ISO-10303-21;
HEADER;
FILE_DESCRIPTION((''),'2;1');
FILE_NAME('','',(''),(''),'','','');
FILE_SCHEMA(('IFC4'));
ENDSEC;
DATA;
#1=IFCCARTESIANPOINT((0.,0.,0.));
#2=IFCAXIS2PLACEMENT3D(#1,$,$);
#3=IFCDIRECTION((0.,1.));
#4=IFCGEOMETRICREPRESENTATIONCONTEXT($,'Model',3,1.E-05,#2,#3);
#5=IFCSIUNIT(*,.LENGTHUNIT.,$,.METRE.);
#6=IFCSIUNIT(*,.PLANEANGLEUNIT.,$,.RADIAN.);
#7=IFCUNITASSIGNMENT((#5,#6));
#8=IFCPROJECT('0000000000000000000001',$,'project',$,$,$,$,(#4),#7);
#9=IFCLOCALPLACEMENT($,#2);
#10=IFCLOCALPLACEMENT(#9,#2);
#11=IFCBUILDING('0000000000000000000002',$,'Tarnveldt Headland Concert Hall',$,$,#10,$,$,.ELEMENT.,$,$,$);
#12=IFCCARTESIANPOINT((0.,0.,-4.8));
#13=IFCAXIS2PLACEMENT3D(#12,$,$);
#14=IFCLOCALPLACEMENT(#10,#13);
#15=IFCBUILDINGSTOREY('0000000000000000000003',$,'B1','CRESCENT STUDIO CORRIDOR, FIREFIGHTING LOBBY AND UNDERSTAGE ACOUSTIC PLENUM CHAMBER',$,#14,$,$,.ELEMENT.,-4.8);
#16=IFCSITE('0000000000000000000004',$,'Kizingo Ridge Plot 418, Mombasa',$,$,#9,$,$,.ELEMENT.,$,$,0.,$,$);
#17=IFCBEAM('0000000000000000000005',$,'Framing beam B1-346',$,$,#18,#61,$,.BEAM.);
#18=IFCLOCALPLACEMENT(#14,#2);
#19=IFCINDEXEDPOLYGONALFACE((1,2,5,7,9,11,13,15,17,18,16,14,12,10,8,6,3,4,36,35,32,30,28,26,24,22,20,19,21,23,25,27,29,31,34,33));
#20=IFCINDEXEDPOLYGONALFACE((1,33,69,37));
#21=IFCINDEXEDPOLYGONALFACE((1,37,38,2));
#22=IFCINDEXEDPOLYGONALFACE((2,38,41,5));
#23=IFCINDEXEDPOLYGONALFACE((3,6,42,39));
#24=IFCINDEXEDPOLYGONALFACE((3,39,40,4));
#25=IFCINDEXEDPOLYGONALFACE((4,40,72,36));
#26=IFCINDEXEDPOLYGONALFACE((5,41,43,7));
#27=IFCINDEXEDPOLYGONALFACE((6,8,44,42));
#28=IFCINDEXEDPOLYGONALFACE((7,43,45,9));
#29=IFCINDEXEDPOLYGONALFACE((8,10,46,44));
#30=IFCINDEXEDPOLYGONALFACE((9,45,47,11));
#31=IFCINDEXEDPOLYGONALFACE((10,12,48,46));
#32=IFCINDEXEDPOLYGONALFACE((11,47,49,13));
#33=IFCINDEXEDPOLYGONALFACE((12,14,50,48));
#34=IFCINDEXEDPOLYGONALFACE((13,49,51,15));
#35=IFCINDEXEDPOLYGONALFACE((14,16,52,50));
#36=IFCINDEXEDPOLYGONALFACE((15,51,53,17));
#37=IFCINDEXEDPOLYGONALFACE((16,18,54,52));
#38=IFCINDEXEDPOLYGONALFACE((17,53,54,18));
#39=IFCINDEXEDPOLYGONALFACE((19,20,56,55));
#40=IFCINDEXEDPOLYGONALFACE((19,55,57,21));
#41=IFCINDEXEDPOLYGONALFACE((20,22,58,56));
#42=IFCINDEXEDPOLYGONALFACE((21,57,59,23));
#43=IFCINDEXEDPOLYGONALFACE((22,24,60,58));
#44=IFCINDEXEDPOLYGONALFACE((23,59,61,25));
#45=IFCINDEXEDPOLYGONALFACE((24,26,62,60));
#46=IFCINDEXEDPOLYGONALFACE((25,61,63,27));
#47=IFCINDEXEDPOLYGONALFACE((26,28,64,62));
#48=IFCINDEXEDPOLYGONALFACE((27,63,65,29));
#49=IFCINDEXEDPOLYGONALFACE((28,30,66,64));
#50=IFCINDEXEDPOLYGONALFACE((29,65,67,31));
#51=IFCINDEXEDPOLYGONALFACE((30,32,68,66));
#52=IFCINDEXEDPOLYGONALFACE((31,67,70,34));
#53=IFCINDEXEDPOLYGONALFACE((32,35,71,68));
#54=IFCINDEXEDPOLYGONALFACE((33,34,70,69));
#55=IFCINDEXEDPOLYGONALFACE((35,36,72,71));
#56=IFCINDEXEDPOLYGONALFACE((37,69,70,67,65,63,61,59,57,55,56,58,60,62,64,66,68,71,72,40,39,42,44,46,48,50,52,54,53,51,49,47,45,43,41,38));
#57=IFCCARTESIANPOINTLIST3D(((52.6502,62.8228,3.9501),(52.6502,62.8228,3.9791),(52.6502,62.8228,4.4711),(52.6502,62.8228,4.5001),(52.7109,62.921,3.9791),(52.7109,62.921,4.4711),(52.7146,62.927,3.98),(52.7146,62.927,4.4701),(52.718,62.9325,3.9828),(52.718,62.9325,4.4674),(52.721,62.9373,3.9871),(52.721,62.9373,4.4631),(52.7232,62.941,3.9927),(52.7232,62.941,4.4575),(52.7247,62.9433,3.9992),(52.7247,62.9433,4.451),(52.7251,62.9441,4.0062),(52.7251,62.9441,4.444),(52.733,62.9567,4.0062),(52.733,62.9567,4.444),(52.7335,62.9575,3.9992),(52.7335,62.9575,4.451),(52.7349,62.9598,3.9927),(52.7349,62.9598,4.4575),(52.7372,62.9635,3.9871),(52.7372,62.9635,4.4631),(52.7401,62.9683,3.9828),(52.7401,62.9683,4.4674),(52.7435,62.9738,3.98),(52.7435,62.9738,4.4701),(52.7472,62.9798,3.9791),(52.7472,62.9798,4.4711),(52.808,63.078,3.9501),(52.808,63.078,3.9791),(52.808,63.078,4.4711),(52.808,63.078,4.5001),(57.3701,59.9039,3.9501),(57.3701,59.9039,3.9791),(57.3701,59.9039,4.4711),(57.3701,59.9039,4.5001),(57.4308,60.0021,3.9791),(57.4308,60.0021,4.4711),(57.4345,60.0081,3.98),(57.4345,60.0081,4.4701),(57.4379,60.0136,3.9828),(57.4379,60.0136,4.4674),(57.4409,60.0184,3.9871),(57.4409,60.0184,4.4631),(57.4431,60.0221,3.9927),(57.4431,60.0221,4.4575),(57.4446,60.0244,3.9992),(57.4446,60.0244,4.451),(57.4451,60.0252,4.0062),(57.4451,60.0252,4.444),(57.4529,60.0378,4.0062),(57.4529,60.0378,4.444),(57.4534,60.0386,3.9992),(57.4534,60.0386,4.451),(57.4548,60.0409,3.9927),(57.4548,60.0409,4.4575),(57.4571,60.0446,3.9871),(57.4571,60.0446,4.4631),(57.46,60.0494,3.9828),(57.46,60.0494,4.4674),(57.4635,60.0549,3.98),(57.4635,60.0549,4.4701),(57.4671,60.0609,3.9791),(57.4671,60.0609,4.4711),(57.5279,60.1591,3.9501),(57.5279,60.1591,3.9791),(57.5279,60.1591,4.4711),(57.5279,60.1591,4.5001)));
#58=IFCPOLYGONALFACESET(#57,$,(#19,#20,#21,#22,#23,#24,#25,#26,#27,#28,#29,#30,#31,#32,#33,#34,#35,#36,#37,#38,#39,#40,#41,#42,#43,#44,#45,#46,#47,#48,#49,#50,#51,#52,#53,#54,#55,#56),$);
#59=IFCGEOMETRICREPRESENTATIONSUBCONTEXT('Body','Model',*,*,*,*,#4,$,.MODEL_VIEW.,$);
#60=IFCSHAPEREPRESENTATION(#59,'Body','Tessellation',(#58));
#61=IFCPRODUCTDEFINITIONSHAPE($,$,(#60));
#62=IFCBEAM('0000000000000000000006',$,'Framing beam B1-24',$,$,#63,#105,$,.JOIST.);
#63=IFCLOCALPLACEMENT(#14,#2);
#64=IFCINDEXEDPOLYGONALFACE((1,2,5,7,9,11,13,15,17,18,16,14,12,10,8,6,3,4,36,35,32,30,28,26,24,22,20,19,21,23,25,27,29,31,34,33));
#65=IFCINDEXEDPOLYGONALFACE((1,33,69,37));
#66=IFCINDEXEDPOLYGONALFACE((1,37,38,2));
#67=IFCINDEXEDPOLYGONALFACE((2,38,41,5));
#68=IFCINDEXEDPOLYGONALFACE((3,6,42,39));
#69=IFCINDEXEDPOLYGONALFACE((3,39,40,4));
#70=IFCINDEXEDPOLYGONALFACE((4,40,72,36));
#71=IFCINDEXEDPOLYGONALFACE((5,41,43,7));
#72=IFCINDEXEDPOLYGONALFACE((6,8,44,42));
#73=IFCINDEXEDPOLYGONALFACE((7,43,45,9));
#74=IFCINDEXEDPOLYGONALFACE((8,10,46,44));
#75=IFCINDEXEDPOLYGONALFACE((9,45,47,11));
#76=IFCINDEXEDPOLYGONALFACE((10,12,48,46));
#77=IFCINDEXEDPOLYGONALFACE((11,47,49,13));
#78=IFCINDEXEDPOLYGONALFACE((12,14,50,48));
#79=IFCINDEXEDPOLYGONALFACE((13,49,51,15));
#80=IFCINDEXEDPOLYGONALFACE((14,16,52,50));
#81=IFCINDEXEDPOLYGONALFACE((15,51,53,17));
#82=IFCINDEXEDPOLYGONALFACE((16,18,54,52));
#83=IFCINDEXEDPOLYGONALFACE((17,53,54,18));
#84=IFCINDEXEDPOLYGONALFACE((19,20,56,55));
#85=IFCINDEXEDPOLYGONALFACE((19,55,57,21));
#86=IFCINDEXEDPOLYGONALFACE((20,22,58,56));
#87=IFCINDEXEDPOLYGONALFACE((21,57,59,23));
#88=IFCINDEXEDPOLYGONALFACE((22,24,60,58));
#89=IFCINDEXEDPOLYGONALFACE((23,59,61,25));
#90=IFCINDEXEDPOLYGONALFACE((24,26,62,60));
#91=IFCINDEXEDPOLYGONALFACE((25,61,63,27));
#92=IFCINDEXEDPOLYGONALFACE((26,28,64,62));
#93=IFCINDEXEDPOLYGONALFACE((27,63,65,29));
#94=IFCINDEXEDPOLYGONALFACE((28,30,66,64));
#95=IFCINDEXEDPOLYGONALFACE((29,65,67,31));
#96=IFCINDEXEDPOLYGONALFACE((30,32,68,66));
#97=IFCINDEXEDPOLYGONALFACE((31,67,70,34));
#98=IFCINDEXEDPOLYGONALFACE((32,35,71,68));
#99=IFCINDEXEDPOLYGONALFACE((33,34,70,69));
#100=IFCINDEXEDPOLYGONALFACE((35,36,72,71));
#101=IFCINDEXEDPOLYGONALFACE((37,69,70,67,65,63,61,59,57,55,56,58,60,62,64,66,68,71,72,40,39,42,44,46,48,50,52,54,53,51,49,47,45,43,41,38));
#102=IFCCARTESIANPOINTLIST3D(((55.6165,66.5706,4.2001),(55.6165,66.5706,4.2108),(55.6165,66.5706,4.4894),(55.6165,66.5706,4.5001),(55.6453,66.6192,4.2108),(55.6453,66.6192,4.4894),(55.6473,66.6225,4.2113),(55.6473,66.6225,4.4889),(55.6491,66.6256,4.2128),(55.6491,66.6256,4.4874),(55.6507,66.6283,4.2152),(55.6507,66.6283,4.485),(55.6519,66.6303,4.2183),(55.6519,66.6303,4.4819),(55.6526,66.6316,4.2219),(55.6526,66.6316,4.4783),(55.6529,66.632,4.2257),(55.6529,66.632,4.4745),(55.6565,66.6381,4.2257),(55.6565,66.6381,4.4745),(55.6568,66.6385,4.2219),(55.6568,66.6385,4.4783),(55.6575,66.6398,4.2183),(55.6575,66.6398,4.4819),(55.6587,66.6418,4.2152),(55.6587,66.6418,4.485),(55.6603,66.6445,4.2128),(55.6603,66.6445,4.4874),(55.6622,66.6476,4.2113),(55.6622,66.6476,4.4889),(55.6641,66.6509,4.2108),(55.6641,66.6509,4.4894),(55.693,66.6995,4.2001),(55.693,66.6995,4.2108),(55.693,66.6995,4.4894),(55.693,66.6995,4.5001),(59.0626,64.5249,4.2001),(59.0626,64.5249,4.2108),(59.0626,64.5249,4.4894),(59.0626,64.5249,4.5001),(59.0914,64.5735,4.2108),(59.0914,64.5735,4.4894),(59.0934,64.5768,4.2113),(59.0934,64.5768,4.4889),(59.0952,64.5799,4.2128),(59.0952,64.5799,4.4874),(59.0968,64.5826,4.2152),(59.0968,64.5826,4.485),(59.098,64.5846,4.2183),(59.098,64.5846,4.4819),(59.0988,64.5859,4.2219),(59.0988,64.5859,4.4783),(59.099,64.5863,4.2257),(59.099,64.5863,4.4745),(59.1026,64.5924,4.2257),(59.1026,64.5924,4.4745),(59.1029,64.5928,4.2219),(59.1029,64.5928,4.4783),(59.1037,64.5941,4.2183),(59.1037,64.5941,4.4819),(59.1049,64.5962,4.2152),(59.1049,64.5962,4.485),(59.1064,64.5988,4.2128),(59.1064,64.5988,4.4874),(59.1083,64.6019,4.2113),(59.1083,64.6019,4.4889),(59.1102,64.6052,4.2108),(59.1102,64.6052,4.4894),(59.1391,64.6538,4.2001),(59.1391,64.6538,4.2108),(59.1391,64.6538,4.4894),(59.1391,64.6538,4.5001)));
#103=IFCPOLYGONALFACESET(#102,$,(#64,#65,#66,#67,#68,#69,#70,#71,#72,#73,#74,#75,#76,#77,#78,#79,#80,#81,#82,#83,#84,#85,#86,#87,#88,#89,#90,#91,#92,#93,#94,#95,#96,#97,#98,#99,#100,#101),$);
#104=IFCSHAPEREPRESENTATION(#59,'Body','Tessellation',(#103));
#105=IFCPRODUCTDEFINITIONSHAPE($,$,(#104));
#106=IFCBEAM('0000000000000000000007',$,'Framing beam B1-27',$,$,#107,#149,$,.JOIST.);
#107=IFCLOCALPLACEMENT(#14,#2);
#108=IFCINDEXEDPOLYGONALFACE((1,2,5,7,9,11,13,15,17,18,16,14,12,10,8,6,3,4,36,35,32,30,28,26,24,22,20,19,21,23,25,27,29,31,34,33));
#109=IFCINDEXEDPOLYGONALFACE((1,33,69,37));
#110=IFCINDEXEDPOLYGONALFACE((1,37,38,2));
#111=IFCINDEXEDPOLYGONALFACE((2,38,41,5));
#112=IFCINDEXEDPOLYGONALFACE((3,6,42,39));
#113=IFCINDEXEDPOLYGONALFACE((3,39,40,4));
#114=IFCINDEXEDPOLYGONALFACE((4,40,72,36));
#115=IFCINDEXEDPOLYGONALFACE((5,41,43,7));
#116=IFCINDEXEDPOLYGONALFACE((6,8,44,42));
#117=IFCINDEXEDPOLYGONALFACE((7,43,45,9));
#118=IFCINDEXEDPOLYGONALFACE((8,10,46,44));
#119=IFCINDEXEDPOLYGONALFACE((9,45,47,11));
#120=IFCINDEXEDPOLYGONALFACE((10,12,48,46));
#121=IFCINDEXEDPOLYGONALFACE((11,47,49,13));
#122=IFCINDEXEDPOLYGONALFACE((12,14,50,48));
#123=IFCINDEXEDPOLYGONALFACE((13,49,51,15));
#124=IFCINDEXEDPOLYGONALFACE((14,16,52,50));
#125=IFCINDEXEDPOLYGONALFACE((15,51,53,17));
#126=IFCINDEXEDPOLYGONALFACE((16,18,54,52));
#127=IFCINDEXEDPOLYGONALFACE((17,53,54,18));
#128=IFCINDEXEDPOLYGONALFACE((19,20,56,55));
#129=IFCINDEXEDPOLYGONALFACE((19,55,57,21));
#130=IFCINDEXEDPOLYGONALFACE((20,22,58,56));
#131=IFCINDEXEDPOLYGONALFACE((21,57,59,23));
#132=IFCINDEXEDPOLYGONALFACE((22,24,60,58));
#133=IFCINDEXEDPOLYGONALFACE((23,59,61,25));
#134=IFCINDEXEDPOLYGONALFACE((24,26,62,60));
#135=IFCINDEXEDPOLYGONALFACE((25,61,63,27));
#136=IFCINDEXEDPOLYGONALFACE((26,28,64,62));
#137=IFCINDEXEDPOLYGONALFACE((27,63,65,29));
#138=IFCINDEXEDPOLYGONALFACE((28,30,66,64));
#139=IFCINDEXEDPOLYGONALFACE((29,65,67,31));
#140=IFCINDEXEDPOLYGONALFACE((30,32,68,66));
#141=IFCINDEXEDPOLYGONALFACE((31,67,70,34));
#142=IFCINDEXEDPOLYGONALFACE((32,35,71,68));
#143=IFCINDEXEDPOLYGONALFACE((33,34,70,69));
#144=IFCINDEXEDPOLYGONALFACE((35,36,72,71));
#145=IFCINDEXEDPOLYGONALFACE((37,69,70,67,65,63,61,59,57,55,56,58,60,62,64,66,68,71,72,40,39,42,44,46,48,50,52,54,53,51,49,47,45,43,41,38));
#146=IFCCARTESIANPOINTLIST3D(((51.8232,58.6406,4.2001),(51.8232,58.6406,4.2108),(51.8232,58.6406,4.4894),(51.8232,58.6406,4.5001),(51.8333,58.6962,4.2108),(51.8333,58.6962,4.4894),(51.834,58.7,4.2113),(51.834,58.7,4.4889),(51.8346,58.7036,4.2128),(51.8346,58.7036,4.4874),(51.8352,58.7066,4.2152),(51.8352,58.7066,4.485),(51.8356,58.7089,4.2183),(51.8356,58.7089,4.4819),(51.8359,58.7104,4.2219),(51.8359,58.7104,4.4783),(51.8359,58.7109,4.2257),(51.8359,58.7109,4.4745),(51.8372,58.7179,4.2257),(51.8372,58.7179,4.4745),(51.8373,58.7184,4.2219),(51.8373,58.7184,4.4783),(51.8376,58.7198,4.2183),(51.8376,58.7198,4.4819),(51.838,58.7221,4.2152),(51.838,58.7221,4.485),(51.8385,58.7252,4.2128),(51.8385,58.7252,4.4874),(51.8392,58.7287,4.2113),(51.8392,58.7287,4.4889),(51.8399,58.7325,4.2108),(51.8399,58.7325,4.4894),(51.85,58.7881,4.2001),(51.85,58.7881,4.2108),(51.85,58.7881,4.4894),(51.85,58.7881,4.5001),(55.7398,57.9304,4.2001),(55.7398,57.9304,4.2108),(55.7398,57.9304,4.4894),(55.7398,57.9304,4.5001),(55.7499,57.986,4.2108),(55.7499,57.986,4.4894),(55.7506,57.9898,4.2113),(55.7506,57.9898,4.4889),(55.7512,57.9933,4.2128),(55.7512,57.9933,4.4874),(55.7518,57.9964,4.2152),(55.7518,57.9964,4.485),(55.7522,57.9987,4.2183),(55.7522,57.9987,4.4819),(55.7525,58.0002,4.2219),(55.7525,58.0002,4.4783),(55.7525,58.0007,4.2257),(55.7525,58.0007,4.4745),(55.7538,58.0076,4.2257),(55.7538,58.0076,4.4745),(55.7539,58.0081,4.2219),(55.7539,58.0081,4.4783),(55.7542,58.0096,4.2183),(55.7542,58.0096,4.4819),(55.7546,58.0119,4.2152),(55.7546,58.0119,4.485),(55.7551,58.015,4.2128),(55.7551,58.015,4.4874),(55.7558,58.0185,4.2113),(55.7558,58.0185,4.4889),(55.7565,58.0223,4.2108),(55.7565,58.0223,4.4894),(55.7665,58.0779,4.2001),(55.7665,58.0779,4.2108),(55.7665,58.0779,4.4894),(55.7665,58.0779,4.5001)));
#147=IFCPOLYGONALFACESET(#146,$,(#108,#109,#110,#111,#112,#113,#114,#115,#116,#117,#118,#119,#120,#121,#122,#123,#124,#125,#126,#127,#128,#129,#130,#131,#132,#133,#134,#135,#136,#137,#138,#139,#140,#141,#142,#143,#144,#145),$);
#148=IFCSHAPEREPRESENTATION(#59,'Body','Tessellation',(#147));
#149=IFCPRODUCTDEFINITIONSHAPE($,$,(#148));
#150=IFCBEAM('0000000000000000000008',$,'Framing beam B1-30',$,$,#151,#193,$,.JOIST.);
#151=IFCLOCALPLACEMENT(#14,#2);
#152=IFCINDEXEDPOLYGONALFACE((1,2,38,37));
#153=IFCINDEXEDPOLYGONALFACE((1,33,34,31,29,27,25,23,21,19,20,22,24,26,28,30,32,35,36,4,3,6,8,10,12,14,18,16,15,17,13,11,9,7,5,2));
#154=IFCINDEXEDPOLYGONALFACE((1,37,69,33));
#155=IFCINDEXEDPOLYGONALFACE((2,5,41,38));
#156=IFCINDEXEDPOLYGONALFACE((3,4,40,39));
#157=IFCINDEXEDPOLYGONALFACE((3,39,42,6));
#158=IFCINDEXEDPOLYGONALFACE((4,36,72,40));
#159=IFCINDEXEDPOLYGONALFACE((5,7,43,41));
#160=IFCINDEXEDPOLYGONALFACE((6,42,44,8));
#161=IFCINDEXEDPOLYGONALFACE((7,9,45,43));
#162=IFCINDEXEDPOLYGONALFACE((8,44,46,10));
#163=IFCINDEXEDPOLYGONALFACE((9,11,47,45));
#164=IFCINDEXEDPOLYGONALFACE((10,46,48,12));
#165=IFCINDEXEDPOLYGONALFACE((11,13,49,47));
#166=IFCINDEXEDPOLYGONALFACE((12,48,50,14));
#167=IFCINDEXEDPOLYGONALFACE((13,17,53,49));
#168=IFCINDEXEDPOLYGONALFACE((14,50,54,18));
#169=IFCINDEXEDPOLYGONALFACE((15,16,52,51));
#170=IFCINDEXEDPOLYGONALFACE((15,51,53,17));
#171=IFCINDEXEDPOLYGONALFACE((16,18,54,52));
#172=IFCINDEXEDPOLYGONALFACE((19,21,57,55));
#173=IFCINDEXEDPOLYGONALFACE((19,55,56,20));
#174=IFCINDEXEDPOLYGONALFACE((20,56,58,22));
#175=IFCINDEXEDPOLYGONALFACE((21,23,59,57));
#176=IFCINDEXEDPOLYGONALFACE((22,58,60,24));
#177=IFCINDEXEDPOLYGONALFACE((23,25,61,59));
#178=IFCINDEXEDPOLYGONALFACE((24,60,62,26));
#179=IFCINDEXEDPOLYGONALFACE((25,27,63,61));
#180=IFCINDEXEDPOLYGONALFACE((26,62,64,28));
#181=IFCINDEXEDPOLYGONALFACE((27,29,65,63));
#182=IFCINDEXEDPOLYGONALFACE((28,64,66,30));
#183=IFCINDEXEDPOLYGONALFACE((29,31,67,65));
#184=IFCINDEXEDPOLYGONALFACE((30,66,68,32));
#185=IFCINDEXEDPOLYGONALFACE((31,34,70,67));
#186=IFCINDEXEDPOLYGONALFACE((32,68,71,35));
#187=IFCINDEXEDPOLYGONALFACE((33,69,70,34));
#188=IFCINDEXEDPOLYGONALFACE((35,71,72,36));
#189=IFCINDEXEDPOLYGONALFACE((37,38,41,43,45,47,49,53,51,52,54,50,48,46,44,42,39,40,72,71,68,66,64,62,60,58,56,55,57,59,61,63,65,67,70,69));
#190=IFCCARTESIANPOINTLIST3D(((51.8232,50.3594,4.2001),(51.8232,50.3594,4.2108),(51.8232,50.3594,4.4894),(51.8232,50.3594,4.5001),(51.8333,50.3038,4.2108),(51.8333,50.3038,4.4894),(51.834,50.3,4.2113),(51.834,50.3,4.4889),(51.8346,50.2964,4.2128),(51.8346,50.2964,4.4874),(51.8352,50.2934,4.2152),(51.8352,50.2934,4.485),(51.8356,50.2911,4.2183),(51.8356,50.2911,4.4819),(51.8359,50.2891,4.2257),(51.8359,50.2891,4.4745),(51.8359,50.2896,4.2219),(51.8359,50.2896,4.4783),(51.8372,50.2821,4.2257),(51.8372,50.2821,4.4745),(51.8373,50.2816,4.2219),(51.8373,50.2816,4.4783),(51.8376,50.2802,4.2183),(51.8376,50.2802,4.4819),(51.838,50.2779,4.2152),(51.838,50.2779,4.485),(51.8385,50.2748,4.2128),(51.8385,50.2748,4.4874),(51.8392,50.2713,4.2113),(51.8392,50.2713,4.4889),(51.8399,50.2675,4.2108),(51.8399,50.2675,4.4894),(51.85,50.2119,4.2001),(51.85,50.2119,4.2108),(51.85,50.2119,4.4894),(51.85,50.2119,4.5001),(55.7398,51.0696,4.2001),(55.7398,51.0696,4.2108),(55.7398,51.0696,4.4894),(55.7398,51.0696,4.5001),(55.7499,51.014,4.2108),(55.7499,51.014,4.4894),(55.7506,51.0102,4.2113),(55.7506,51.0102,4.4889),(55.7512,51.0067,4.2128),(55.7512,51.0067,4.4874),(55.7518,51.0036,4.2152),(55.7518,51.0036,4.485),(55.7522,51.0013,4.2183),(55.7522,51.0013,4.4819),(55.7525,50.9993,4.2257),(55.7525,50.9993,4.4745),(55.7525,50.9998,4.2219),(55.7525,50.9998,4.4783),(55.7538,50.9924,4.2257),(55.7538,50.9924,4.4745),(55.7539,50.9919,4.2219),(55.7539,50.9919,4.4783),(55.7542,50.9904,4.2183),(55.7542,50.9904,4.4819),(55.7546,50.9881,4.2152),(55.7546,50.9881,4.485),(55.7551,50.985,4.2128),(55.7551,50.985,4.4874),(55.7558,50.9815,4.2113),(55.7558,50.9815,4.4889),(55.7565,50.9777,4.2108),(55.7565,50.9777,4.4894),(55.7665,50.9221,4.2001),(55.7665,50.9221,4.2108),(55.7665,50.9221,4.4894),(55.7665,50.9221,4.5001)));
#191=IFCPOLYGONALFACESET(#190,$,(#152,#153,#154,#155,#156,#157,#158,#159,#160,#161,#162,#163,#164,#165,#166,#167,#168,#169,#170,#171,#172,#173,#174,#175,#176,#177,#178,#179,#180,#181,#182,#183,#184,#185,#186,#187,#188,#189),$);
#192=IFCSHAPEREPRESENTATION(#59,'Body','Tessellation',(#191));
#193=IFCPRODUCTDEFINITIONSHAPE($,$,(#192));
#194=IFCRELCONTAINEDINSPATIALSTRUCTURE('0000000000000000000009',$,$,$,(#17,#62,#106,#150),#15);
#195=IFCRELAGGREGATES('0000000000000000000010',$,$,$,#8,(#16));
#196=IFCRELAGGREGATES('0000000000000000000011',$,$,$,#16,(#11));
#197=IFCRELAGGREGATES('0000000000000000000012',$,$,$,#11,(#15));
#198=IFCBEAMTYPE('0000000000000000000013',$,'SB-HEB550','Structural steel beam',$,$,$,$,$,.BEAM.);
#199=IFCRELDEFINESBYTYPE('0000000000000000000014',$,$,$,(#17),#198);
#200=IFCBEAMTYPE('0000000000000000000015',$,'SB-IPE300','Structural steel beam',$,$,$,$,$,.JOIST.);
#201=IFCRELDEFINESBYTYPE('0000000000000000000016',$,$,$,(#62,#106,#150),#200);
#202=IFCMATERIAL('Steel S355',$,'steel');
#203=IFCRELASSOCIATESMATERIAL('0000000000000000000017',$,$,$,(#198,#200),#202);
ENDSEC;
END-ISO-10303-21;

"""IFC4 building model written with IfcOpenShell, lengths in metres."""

from ifc_helpers import new_model, si_unit, direction, frame, origin, origin_2d, place, context, subcontext, project, spatial, i_section, extrude, material, material_profile, profile_set, type_object, element, save


model = new_model("IFC4")

# Units and contexts
model_context = context("Model", 3, precision=1e-05, world=origin(), true_north=direction((0.0, 1.0)))
body_context = subcontext(model_context, "Body", "Model", "MODEL_VIEW")
ifc_project = project(units=[si_unit("LENGTHUNIT", "METRE"), si_unit("PLANEANGLEUNIT", "RADIAN")], contexts=[model_context])

# Site, building, storey
site_placement = place(None, origin())
site = spatial("IfcSite", under=ifc_project, at=site_placement, Name="Kizingo Ridge Plot 418, Mombasa", CompositionType="ELEMENT", RefElevation=0.0)
building_placement = place(site_placement, origin())
building = spatial("IfcBuilding", under=site, at=building_placement, Name="Tarnveldt Headland Concert Hall", CompositionType="ELEMENT")
storey_placement = place(building_placement, frame((0.0, 0.0, -4.8)))
storey = spatial("IfcBuildingStorey", under=building, at=storey_placement, Name="B1", Description="CRESCENT STUDIO CORRIDOR, FIREFIGHTING LOBBY AND UNDERSTAGE ACOUSTIC PLENUM CHAMBER", CompositionType="ELEMENT", Elevation=-4.8)

# Beams
ifc_material_1 = material(Name="Steel S355", Category="steel")
ifc_material_profile_1 = material_profile(ifc_material_1, i_section(OverallWidth=0.3, OverallDepth=0.55, WebThickness=0.0149, FlangeThickness=0.0291, FilletRadius=0.0271, at=origin_2d()), Name="HEB550", Category="steel")
ifc_profile_set_1 = profile_set([ifc_material_profile_1], Name="Steel S355")
beam_type_1 = type_object("IfcBeamType", Name="SB-HEB550", Description="Structural steel beam", PredefinedType="BEAM", material=ifc_profile_set_1)
beam_1_placement = place(storey_placement, frame((57.449, 60.0315, 4.2251), z_axis=(-0.850502, 0.525971, 0.0), x_axis=(-0.525971, -0.850502, 0.0)))
element("IfcBeam", 1, at=beam_1_placement, inside=storey, type_object=beam_type_1, Name="Framing beam B1-346", PredefinedType="BEAM", context=body_context, shape_type="SweptSolid", body=[
    extrude(i_section(OverallWidth=0.3, OverallDepth=0.55, WebThickness=0.0149, FlangeThickness=0.0291, FilletRadius=0.0271, at=origin_2d()), origin(), (0.0, 0.0, 1.0), 5.5496),
])
ifc_material_profile_2 = material_profile(ifc_material_1, i_section(OverallWidth=0.1499, OverallDepth=0.3, WebThickness=0.0071, FlangeThickness=0.0107, FilletRadius=0.0149, at=origin_2d()), Name="IPE300", Category="steel")
ifc_profile_set_2 = profile_set([ifc_material_profile_2], Name="Steel S355")
beam_type_2 = type_object("IfcBeamType", Name="SB-IPE300", Description="Structural steel beam", PredefinedType="JOIST", material=ifc_profile_set_2)
beam_2_placement = place(storey_placement, frame((59.1008, 64.5894, 4.3501), z_axis=(-0.859902, 0.510459, 0.0), x_axis=(-0.510459, -0.859902, 0.0)))
element("IfcBeam", 2, at=beam_2_placement, inside=storey, type_object=beam_type_2, Name="Framing beam B1-24", PredefinedType="JOIST", context=body_context, shape_type="SweptSolid", body=[
    extrude(i_section(OverallWidth=0.1499, OverallDepth=0.3, WebThickness=0.0071, FlangeThickness=0.0107, FilletRadius=0.0149, at=origin_2d()), origin(), (0.0, 0.0, 1.0), 4.0076),
])
for number, where, z_axis, x_axis, name in (
    (3, (55.7532, 58.0042, 4.3501), (-0.983953, 0.178427, 0.0), (-0.178427, -0.983953, 0.0), "Framing beam B1-27"),
    (4, (55.7532, 50.9958, 4.3501), (-0.983953, -0.178427, 0.0), (0.178427, -0.983953, 0.0), "Framing beam B1-30"),
):
    element("IfcBeam", number, at=place(storey_placement, frame(where, z_axis=z_axis, x_axis=x_axis)), inside=storey, type_object=beam_type_2, Name=name, PredefinedType="JOIST", context=body_context, shape_type="SweptSolid", body=[
        extrude(i_section(OverallWidth=0.1499, OverallDepth=0.3, WebThickness=0.0071, FlangeThickness=0.0107, FilletRadius=0.0149, at=origin_2d()), origin(), (0.0, 0.0, 1.0), 3.9805),
    ])

save(model, "model.ifc")
